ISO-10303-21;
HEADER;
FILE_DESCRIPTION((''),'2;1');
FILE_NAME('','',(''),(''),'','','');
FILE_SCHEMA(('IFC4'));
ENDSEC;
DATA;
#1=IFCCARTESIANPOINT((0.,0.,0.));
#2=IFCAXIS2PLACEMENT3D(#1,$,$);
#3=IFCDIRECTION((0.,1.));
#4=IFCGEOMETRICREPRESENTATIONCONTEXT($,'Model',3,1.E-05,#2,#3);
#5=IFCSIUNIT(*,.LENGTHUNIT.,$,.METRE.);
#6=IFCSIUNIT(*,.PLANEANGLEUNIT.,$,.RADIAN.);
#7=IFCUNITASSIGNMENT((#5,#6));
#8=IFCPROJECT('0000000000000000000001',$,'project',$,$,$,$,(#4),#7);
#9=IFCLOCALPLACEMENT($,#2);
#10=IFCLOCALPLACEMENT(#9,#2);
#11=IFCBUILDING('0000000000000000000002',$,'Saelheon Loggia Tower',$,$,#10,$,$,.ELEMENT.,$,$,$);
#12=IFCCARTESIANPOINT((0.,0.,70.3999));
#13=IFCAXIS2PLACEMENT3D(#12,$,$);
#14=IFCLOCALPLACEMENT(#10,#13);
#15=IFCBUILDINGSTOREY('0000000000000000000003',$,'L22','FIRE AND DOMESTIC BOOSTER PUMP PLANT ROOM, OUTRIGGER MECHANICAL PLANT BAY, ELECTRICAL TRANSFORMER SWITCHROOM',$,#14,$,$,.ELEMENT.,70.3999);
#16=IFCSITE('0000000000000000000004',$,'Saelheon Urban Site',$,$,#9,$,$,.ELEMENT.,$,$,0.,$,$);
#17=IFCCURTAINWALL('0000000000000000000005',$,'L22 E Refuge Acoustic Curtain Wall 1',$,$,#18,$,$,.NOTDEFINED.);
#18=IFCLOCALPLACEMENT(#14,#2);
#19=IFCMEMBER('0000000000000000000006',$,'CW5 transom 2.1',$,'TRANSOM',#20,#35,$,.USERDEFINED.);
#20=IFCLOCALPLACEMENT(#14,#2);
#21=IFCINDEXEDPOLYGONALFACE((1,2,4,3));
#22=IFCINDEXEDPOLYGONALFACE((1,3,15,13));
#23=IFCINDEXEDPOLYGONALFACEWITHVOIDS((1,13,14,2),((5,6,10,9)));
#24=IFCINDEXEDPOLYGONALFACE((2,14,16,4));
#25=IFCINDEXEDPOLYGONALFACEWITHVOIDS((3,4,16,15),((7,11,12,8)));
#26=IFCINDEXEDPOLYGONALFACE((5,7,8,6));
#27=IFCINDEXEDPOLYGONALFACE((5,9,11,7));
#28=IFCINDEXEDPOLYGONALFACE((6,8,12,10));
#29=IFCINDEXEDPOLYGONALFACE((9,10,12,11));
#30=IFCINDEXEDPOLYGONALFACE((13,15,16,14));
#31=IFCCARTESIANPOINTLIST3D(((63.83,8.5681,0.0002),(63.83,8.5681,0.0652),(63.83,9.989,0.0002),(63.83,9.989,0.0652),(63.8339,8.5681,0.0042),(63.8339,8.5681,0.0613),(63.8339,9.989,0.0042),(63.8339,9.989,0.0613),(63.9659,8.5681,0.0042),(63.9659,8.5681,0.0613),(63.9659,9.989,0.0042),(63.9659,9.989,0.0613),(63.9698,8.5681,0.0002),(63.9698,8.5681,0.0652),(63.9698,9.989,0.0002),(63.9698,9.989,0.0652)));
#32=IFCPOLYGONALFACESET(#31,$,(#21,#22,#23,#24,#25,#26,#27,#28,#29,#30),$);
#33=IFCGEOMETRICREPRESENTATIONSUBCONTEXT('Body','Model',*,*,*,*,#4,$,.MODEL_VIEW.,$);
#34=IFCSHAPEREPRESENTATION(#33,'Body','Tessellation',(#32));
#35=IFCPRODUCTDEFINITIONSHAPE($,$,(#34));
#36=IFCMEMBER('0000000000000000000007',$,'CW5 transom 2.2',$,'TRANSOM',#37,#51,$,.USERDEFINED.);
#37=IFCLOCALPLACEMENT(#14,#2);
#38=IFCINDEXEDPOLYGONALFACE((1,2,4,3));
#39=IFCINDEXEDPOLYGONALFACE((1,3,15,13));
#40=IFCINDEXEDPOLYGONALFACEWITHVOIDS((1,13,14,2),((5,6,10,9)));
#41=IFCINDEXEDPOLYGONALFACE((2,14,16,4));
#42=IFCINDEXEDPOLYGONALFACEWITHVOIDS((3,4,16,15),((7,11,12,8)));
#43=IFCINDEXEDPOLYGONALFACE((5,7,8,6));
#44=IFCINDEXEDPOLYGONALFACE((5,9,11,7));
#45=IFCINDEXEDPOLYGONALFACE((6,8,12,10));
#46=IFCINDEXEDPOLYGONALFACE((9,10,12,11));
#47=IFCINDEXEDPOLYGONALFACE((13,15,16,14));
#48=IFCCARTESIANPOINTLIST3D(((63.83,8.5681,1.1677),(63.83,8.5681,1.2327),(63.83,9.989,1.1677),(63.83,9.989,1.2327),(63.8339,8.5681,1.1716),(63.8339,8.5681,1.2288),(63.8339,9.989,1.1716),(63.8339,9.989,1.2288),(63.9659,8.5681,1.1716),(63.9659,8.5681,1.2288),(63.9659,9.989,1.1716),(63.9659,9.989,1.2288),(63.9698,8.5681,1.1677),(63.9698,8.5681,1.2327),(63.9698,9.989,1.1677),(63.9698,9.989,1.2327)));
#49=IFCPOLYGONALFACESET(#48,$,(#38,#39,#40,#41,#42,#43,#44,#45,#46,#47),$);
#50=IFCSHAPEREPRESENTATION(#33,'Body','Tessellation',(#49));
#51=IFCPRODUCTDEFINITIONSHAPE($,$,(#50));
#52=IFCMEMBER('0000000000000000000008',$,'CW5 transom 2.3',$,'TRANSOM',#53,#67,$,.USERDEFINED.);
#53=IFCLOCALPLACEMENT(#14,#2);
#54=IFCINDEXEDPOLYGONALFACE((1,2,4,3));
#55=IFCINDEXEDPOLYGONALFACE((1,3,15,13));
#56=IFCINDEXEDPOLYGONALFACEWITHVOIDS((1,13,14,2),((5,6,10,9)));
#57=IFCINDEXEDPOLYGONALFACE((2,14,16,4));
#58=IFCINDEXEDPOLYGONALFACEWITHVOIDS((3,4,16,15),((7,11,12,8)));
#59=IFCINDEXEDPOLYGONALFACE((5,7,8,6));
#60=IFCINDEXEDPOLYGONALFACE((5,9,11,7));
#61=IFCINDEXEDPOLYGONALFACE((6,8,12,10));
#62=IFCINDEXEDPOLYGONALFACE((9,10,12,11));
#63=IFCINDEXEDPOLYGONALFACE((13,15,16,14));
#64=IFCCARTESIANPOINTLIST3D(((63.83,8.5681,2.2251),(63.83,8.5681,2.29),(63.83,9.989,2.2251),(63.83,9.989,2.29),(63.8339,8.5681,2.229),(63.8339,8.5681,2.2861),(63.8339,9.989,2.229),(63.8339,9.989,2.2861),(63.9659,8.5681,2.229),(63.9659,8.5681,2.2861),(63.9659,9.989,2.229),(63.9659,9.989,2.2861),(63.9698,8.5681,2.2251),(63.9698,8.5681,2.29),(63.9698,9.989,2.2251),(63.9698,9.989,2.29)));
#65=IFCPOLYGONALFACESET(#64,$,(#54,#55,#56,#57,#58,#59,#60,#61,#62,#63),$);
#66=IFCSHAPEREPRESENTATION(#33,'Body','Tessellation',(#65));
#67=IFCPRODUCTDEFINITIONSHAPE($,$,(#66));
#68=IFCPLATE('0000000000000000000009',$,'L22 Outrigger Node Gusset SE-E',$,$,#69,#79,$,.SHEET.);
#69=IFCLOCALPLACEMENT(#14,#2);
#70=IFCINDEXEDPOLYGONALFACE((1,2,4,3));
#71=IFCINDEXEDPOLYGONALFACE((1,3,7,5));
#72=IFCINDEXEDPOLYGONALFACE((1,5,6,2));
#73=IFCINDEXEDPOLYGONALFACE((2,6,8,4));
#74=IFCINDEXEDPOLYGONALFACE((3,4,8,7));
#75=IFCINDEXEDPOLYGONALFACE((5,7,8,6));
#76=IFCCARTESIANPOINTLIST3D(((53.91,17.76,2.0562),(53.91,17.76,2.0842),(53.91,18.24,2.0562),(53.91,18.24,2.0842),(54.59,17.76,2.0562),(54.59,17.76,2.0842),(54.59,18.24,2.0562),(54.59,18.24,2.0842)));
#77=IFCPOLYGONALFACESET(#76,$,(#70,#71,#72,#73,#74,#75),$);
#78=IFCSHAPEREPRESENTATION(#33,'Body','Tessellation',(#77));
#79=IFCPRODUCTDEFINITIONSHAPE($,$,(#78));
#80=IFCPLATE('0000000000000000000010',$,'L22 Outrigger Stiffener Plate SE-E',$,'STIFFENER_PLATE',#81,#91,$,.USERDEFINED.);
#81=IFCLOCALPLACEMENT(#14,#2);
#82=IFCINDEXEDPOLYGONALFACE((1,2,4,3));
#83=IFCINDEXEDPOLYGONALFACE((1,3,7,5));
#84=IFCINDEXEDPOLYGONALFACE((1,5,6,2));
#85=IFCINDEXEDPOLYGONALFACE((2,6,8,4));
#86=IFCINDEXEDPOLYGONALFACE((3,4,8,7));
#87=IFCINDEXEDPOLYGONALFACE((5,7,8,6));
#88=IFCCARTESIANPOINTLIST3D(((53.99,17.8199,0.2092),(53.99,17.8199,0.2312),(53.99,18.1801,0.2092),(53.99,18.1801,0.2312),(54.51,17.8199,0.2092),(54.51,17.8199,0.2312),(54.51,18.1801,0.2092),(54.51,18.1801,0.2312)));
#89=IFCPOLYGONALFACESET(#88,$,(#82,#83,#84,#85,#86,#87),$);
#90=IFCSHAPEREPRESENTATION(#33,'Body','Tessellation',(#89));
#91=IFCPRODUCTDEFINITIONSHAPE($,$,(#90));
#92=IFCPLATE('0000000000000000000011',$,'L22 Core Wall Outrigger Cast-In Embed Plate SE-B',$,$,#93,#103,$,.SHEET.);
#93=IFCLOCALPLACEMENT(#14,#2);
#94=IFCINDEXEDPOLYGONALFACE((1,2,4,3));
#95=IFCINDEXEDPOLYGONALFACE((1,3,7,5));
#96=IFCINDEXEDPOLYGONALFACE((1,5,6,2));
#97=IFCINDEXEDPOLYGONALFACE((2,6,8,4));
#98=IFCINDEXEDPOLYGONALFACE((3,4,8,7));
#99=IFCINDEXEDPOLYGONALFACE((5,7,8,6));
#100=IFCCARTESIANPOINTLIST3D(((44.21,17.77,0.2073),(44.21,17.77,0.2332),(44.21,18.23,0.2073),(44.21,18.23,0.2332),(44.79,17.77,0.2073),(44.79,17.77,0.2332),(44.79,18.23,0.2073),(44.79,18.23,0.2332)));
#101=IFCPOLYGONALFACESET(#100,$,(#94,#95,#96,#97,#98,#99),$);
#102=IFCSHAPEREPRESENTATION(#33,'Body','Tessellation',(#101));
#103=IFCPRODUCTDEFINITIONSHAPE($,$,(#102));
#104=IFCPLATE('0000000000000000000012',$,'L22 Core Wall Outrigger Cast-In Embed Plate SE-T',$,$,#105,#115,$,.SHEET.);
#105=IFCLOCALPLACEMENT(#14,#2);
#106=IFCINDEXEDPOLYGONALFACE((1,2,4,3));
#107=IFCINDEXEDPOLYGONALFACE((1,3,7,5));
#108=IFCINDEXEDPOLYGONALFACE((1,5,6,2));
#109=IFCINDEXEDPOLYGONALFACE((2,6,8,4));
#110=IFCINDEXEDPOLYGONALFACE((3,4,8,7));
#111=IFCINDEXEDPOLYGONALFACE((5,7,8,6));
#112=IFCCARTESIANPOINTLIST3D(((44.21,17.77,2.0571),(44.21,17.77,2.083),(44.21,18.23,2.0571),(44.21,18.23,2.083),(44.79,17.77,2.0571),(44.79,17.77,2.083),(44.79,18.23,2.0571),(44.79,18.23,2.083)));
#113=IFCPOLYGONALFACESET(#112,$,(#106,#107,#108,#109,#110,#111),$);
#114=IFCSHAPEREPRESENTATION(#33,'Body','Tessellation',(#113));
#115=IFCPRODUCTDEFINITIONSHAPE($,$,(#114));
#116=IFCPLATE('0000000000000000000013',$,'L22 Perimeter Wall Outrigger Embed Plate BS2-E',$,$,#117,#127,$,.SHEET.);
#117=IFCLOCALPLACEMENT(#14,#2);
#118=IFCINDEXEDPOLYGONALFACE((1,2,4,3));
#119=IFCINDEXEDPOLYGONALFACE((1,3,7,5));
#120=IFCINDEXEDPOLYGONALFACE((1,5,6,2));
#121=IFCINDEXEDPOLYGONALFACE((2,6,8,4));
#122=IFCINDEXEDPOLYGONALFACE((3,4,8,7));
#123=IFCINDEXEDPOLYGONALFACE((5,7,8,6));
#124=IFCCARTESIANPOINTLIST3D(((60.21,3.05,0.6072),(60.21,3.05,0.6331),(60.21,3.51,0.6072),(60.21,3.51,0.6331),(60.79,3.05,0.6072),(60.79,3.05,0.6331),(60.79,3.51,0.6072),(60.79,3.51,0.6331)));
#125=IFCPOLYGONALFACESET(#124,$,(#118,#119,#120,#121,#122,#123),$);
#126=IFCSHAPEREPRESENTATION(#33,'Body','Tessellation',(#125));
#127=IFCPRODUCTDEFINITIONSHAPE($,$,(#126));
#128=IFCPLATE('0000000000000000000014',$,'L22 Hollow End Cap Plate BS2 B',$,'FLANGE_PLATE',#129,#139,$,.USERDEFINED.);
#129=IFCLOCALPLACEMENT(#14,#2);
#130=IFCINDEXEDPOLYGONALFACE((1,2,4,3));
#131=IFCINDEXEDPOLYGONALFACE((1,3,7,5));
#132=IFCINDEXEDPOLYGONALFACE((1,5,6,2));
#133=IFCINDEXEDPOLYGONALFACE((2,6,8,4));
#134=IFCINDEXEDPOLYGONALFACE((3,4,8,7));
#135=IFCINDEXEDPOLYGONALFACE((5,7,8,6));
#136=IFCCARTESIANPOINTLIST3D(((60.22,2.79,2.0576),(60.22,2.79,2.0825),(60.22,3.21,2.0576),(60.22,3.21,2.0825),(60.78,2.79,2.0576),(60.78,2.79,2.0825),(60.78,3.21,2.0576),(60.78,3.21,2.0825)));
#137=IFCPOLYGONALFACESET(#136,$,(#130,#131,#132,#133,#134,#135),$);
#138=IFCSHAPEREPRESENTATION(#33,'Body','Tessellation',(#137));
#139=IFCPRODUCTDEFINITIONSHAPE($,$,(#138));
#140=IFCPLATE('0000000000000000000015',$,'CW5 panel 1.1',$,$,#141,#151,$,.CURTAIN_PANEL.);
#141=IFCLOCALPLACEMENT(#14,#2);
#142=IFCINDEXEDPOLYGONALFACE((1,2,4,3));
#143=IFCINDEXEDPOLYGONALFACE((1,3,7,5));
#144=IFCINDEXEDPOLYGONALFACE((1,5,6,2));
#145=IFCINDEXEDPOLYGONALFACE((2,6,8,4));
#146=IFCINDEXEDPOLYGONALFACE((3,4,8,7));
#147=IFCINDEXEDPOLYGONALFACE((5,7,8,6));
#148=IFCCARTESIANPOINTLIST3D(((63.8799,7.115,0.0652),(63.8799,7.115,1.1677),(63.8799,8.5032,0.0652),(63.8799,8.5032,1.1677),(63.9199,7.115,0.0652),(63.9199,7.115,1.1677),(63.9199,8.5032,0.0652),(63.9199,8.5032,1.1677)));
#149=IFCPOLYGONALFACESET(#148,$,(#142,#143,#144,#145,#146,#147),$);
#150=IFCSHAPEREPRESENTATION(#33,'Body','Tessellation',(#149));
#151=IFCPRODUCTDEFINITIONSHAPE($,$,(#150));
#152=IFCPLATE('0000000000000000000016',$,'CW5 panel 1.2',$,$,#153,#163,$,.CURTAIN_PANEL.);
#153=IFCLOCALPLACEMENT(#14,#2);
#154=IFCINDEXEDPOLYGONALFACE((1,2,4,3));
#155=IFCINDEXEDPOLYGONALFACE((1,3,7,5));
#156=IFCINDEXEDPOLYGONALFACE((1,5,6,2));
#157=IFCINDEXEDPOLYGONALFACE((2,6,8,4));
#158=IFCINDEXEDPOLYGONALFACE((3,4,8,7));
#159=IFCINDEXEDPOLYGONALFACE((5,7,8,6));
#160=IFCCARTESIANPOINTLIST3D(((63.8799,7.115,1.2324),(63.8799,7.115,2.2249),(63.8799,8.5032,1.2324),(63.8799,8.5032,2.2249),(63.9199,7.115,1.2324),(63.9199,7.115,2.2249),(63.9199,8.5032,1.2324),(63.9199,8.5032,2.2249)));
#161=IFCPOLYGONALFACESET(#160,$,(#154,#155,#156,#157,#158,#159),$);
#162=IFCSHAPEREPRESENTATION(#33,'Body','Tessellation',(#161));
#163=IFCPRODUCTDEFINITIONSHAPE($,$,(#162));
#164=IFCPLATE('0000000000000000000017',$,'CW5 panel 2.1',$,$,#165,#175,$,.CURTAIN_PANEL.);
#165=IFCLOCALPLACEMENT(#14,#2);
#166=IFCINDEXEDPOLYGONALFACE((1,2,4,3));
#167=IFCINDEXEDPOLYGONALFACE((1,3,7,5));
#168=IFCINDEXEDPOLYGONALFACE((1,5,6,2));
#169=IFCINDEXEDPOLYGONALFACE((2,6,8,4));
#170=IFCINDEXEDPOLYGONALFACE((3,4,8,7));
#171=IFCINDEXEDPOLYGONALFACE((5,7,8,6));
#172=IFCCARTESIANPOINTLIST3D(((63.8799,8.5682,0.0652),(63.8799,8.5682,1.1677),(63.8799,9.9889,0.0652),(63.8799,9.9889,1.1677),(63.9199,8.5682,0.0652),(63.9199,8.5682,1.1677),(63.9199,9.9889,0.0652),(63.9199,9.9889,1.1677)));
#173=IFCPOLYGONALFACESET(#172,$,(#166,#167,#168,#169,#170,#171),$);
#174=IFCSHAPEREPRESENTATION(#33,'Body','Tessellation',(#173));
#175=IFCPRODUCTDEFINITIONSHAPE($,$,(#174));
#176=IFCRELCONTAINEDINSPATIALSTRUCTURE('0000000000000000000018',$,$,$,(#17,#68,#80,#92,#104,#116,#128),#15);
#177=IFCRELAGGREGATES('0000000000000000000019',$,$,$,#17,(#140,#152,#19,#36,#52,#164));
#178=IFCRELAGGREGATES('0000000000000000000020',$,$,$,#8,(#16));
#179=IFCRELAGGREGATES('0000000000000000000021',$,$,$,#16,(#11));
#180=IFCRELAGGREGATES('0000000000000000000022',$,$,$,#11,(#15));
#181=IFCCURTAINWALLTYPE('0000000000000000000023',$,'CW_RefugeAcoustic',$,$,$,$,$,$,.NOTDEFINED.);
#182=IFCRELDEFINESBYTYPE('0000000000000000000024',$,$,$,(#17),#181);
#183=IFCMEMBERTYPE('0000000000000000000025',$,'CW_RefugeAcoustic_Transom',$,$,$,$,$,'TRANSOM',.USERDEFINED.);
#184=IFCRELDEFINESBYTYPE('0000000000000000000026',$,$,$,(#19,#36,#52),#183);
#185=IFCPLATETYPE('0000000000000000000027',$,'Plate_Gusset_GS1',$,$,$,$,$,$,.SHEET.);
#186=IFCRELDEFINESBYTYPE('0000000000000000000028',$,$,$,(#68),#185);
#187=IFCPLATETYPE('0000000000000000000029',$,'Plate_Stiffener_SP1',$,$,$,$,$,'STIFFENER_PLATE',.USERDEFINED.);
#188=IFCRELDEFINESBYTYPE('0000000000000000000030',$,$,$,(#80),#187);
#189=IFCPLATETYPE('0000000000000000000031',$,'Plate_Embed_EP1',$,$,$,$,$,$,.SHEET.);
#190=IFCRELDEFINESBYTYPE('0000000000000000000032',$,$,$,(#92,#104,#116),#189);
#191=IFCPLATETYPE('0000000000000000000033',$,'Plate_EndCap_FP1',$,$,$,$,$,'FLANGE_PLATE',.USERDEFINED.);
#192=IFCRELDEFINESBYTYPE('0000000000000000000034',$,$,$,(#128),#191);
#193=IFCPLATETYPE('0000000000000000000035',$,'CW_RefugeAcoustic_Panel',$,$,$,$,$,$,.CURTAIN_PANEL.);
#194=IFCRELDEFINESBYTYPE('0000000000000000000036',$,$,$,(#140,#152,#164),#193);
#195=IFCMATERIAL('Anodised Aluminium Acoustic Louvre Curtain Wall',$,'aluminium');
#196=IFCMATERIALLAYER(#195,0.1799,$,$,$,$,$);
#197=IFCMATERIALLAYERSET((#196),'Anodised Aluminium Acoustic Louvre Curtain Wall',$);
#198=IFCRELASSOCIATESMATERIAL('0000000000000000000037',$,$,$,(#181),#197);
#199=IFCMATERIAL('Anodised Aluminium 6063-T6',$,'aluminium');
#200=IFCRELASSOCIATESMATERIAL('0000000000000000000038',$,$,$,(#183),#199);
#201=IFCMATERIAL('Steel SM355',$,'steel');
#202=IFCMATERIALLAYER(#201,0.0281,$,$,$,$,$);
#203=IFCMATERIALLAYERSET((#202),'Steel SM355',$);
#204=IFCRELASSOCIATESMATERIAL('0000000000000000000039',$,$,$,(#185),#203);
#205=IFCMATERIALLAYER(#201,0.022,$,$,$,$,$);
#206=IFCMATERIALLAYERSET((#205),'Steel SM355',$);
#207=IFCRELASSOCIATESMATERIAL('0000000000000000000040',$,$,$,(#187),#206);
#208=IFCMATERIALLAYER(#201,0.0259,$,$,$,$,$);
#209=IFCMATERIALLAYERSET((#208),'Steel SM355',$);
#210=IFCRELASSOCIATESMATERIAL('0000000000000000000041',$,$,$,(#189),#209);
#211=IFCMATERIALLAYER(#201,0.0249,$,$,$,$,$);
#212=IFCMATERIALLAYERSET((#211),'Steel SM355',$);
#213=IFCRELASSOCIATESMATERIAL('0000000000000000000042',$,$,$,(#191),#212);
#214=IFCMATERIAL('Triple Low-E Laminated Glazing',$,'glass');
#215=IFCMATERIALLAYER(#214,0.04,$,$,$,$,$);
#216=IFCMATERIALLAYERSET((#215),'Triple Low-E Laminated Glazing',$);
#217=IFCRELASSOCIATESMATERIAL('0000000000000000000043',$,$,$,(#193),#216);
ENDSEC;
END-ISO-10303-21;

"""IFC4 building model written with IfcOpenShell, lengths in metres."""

from ifc_helpers import new_model, si_unit, direction, frame, origin, origin_2d, place, context, subcontext, project, spatial, rectangle, hollow_rectangle, extrude, source, transform, mapped, material, layer, layer_set, material_profile, profile_set, type_object, element, aggregate, save


model = new_model("IFC4")

# Units and contexts
model_context = context("Model", 3, precision=1e-05, world=origin(), true_north=direction((0.0, 1.0)))
body_context = subcontext(model_context, "Body", "Model", "MODEL_VIEW")
ifc_project = project(units=[si_unit("LENGTHUNIT", "METRE"), si_unit("PLANEANGLEUNIT", "RADIAN")], contexts=[model_context])

# Site, building, storey
site_placement = place(None, origin())
site = spatial("IfcSite", under=ifc_project, at=site_placement, Name="Saelheon Urban Site", CompositionType="ELEMENT", RefElevation=0.0)
building_placement = place(site_placement, origin())
building = spatial("IfcBuilding", under=site, at=building_placement, Name="Saelheon Loggia Tower", CompositionType="ELEMENT")
storey_placement = place(building_placement, frame((0.0, 0.0, 70.3999)))
storey = spatial("IfcBuildingStorey", under=building, at=storey_placement, Name="L22", Description="FIRE AND DOMESTIC BOOSTER PUMP PLANT ROOM, OUTRIGGER MECHANICAL PLANT BAY, ELECTRICAL TRANSFORMER SWITCHROOM", CompositionType="ELEMENT", Elevation=70.3999)

# Shared definitions
ifc_material_1 = material(Name="Steel SM355", Category="steel")

# Curtain wall, members
ifc_material_2 = material(Name="Anodised Aluminium Acoustic Louvre Curtain Wall", Category="aluminium")
ifc_layer_1 = layer(ifc_material_2, 0.1799)
ifc_layer_set_1 = layer_set([ifc_layer_1], Name="Anodised Aluminium Acoustic Louvre Curtain Wall")
curtain_wall_type = type_object("IfcCurtainWallType", Name="CW_RefugeAcoustic", PredefinedType="NOTDEFINED", material=ifc_layer_set_1)
curtain_wall_placement = place(storey_placement, origin())
curtain_wall = element("IfcCurtainWall", 1, at=curtain_wall_placement, inside=storey, type_object=curtain_wall_type, Name="L22 E Refuge Acoustic Curtain Wall 1", PredefinedType="NOTDEFINED")
ifc_material_3 = material(Name="Anodised Aluminium 6063-T6", Category="aluminium")
ifc_material_profile_1 = material_profile(ifc_material_3, hollow_rectangle(XDim=0.0649, YDim=0.1399, WallThickness=0.0039, at=origin_2d()), Name="RHS-140x65x4")
ifc_profile_set_1 = profile_set([ifc_material_profile_1], Name="Anodised Aluminium 6063-T6")
member_type_1 = type_object("IfcMemberType", Name="CW_RefugeAcoustic_Transom", ElementType="TRANSOM", PredefinedType="USERDEFINED", material=ifc_profile_set_1)
shared_shape_1 = source(origin(), body_context, "Body", "SweptSolid", [
    extrude(hollow_rectangle(XDim=0.0649, YDim=0.1399, WallThickness=0.0039, at=origin_2d()), origin(), (0.0, 0.0, 1.0), 1.4209),
])
member_1_placement = place(storey_placement, frame((63.8999, 8.5681, 0.0327), z_axis=(0.0, 1.0, 0.0), x_axis=(0.0, 0.0, 1.0)))
member_1 = element("IfcMember", 2, at=member_1_placement, type_object=member_type_1, Name="CW5 transom 2.1", ObjectType="TRANSOM", PredefinedType="USERDEFINED", context=body_context, shape_type="MappedRepresentation", body=[
    mapped(shared_shape_1, transform((0.0, 0.0, 0.0), scale=1.0)),
])
member_2_placement = place(storey_placement, frame((63.8999, 8.5681, 1.2002), z_axis=(0.0, 1.0, 0.0), x_axis=(0.0, 0.0, 1.0)))
member_2 = element("IfcMember", 3, at=member_2_placement, type_object=member_type_1, Name="CW5 transom 2.2", ObjectType="TRANSOM", PredefinedType="USERDEFINED", context=body_context, shape_type="MappedRepresentation", body=[
    mapped(shared_shape_1, transform((0.0, 0.0, 0.0), scale=1.0)),
])
member_3_placement = place(storey_placement, frame((63.8999, 8.5681, 2.2576), z_axis=(0.0, 1.0, 0.0), x_axis=(0.0, 0.0, 1.0)))
member_3 = element("IfcMember", 4, at=member_3_placement, type_object=member_type_1, Name="CW5 transom 2.3", ObjectType="TRANSOM", PredefinedType="USERDEFINED", context=body_context, shape_type="MappedRepresentation", body=[
    mapped(shared_shape_1, transform((0.0, 0.0, 0.0), scale=1.0)),
])

# Plates
ifc_layer_2 = layer(ifc_material_1, 0.0281)
ifc_layer_set_2 = layer_set([ifc_layer_2], Name="Steel SM355")
plate_type_1 = type_object("IfcPlateType", Name="Plate_Gusset_GS1", PredefinedType="SHEET", material=ifc_layer_set_2)
shared_shape_2 = source(origin(), body_context, "Body", "SweptSolid", [
    extrude(rectangle(XDim=0.6799, YDim=0.48, at=origin_2d()), origin(), (0.0, 0.0, 1.0), 0.0281),
])
plate_1_placement = place(storey_placement, frame((54.25, 18.0, 2.0562), z_axis=(0.0, 0.0, 1.0), x_axis=(1.0, 0.0, 0.0)))
element("IfcPlate", 5, at=plate_1_placement, inside=storey, type_object=plate_type_1, Name="L22 Outrigger Node Gusset SE-E", PredefinedType="SHEET", context=body_context, shape_type="MappedRepresentation", body=[
    mapped(shared_shape_2, transform((0.0, 0.0, 0.0), scale=1.0)),
])
ifc_layer_3 = layer(ifc_material_1, 0.022)
ifc_layer_set_3 = layer_set([ifc_layer_3], Name="Steel SM355")
plate_type_2 = type_object("IfcPlateType", Name="Plate_Stiffener_SP1", ElementType="STIFFENER_PLATE", PredefinedType="USERDEFINED", material=ifc_layer_set_3)
shared_shape_3 = source(origin(), body_context, "Body", "SweptSolid", [
    extrude(rectangle(XDim=0.52, YDim=0.3601, at=origin_2d()), origin(), (0.0, 0.0, 1.0), 0.022),
])
plate_2_placement = place(storey_placement, frame((54.25, 18.0, 0.2092), z_axis=(0.0, 0.0, 1.0), x_axis=(1.0, 0.0, 0.0)))
element("IfcPlate", 6, at=plate_2_placement, inside=storey, type_object=plate_type_2, Name="L22 Outrigger Stiffener Plate SE-E", ObjectType="STIFFENER_PLATE", PredefinedType="USERDEFINED", context=body_context, shape_type="MappedRepresentation", body=[
    mapped(shared_shape_3, transform((0.0, 0.0, 0.0), scale=1.0)),
])
ifc_layer_4 = layer(ifc_material_1, 0.0259)
ifc_layer_set_4 = layer_set([ifc_layer_4], Name="Steel SM355")
plate_type_3 = type_object("IfcPlateType", Name="Plate_Embed_EP1", PredefinedType="SHEET", material=ifc_layer_set_4)
shared_shape_4 = source(origin(), body_context, "Body", "SweptSolid", [
    extrude(rectangle(XDim=0.5801, YDim=0.46, at=origin_2d()), origin(), (0.0, 0.0, 1.0), 0.0259),
])
for number, where, z_axis, x_axis, name in (
    (7, (44.5, 18.0, 0.2073), (0.0, 0.0, 1.0), (1.0, 0.0, 0.0), "L22 Core Wall Outrigger Cast-In Embed Plate SE-B"),
    (8, (44.5, 18.0, 2.0571), (0.0, 0.0, 1.0), (1.0, 0.0, 0.0), "L22 Core Wall Outrigger Cast-In Embed Plate SE-T"),
    (9, (60.5, 3.28, 0.6072), (0.0, 0.0, 1.0), (1.0, 0.0, 0.0), "L22 Perimeter Wall Outrigger Embed Plate BS2-E"),
):
    element("IfcPlate", number, at=place(storey_placement, frame(where, z_axis=z_axis, x_axis=x_axis)), inside=storey, type_object=plate_type_3, Name=name, PredefinedType="SHEET", context=body_context, shape_type="MappedRepresentation", body=[
        mapped(shared_shape_4, transform((0.0, 0.0, 0.0), scale=1.0)),
    ])
ifc_layer_5 = layer(ifc_material_1, 0.0249)
ifc_layer_set_5 = layer_set([ifc_layer_5], Name="Steel SM355")
plate_type_4 = type_object("IfcPlateType", Name="Plate_EndCap_FP1", ElementType="FLANGE_PLATE", PredefinedType="USERDEFINED", material=ifc_layer_set_5)
shared_shape_5 = source(origin(), body_context, "Body", "SweptSolid", [
    extrude(rectangle(XDim=0.5601, YDim=0.4199, at=origin_2d()), origin(), (0.0, 0.0, 1.0), 0.0249),
])
plate_3_placement = place(storey_placement, frame((60.5, 3.0, 2.0576), z_axis=(0.0, 0.0, 1.0), x_axis=(1.0, 0.0, 0.0)))
element("IfcPlate", 10, at=plate_3_placement, inside=storey, type_object=plate_type_4, Name="L22 Hollow End Cap Plate BS2 B", ObjectType="FLANGE_PLATE", PredefinedType="USERDEFINED", context=body_context, shape_type="MappedRepresentation", body=[
    mapped(shared_shape_5, transform((0.0, 0.0, 0.0), scale=1.0)),
])

# Plates
ifc_material_4 = material(Name="Triple Low-E Laminated Glazing", Category="glass")
ifc_layer_6 = layer(ifc_material_4, 0.04)
ifc_layer_set_6 = layer_set([ifc_layer_6], Name="Triple Low-E Laminated Glazing")
plate_type_5 = type_object("IfcPlateType", Name="CW_RefugeAcoustic_Panel", PredefinedType="CURTAIN_PANEL", material=ifc_layer_set_6)
shared_shape_6 = source(origin(), body_context, "Body", "SweptSolid", [
    extrude(rectangle(XDim=1.3882, YDim=0.04, at=origin_2d()), origin(), (0.0, 0.0, 1.0), 1.1025),
])
plate_4_placement = place(storey_placement, frame((63.8999, 7.8091, 0.0652), z_axis=(0.0, 0.0, 1.0), x_axis=(0.0, 1.0, 0.0)))
plate_4 = element("IfcPlate", 11, at=plate_4_placement, type_object=plate_type_5, Name="CW5 panel 1.1", PredefinedType="CURTAIN_PANEL", context=body_context, shape_type="MappedRepresentation", body=[
    mapped(shared_shape_6, transform((0.0, 0.0, 0.0), scale=1.0)),
])
shared_shape_7 = source(origin(), body_context, "Body", "SweptSolid", [
    extrude(rectangle(XDim=1.3882, YDim=0.04, at=origin_2d()), origin(), (0.0, 0.0, 1.0), 0.9924),
])
plate_5_placement = place(storey_placement, frame((63.8999, 7.8091, 1.2324), z_axis=(0.0, 0.0, 1.0), x_axis=(0.0, 1.0, 0.0)))
plate_5 = element("IfcPlate", 12, at=plate_5_placement, type_object=plate_type_5, Name="CW5 panel 1.2", PredefinedType="CURTAIN_PANEL", context=body_context, shape_type="MappedRepresentation", body=[
    mapped(shared_shape_7, transform((0.0, 0.0, 0.0), scale=1.0)),
])
shared_shape_8 = source(origin(), body_context, "Body", "SweptSolid", [
    extrude(rectangle(XDim=1.4207, YDim=0.04, at=origin_2d()), origin(), (0.0, 0.0, 1.0), 1.1025),
])
plate_6_placement = place(storey_placement, frame((63.8999, 9.2786, 0.0652), z_axis=(0.0, 0.0, 1.0), x_axis=(0.0, 1.0, 0.0)))
plate_6 = element("IfcPlate", 13, at=plate_6_placement, type_object=plate_type_5, Name="CW5 panel 2.1", PredefinedType="CURTAIN_PANEL", context=body_context, shape_type="MappedRepresentation", body=[
    mapped(shared_shape_8, transform((0.0, 0.0, 0.0), scale=1.0)),
])
aggregate(curtain_wall, [plate_4, plate_5, member_1, member_2, member_3, plate_6])

save(model, "model.ifc")
